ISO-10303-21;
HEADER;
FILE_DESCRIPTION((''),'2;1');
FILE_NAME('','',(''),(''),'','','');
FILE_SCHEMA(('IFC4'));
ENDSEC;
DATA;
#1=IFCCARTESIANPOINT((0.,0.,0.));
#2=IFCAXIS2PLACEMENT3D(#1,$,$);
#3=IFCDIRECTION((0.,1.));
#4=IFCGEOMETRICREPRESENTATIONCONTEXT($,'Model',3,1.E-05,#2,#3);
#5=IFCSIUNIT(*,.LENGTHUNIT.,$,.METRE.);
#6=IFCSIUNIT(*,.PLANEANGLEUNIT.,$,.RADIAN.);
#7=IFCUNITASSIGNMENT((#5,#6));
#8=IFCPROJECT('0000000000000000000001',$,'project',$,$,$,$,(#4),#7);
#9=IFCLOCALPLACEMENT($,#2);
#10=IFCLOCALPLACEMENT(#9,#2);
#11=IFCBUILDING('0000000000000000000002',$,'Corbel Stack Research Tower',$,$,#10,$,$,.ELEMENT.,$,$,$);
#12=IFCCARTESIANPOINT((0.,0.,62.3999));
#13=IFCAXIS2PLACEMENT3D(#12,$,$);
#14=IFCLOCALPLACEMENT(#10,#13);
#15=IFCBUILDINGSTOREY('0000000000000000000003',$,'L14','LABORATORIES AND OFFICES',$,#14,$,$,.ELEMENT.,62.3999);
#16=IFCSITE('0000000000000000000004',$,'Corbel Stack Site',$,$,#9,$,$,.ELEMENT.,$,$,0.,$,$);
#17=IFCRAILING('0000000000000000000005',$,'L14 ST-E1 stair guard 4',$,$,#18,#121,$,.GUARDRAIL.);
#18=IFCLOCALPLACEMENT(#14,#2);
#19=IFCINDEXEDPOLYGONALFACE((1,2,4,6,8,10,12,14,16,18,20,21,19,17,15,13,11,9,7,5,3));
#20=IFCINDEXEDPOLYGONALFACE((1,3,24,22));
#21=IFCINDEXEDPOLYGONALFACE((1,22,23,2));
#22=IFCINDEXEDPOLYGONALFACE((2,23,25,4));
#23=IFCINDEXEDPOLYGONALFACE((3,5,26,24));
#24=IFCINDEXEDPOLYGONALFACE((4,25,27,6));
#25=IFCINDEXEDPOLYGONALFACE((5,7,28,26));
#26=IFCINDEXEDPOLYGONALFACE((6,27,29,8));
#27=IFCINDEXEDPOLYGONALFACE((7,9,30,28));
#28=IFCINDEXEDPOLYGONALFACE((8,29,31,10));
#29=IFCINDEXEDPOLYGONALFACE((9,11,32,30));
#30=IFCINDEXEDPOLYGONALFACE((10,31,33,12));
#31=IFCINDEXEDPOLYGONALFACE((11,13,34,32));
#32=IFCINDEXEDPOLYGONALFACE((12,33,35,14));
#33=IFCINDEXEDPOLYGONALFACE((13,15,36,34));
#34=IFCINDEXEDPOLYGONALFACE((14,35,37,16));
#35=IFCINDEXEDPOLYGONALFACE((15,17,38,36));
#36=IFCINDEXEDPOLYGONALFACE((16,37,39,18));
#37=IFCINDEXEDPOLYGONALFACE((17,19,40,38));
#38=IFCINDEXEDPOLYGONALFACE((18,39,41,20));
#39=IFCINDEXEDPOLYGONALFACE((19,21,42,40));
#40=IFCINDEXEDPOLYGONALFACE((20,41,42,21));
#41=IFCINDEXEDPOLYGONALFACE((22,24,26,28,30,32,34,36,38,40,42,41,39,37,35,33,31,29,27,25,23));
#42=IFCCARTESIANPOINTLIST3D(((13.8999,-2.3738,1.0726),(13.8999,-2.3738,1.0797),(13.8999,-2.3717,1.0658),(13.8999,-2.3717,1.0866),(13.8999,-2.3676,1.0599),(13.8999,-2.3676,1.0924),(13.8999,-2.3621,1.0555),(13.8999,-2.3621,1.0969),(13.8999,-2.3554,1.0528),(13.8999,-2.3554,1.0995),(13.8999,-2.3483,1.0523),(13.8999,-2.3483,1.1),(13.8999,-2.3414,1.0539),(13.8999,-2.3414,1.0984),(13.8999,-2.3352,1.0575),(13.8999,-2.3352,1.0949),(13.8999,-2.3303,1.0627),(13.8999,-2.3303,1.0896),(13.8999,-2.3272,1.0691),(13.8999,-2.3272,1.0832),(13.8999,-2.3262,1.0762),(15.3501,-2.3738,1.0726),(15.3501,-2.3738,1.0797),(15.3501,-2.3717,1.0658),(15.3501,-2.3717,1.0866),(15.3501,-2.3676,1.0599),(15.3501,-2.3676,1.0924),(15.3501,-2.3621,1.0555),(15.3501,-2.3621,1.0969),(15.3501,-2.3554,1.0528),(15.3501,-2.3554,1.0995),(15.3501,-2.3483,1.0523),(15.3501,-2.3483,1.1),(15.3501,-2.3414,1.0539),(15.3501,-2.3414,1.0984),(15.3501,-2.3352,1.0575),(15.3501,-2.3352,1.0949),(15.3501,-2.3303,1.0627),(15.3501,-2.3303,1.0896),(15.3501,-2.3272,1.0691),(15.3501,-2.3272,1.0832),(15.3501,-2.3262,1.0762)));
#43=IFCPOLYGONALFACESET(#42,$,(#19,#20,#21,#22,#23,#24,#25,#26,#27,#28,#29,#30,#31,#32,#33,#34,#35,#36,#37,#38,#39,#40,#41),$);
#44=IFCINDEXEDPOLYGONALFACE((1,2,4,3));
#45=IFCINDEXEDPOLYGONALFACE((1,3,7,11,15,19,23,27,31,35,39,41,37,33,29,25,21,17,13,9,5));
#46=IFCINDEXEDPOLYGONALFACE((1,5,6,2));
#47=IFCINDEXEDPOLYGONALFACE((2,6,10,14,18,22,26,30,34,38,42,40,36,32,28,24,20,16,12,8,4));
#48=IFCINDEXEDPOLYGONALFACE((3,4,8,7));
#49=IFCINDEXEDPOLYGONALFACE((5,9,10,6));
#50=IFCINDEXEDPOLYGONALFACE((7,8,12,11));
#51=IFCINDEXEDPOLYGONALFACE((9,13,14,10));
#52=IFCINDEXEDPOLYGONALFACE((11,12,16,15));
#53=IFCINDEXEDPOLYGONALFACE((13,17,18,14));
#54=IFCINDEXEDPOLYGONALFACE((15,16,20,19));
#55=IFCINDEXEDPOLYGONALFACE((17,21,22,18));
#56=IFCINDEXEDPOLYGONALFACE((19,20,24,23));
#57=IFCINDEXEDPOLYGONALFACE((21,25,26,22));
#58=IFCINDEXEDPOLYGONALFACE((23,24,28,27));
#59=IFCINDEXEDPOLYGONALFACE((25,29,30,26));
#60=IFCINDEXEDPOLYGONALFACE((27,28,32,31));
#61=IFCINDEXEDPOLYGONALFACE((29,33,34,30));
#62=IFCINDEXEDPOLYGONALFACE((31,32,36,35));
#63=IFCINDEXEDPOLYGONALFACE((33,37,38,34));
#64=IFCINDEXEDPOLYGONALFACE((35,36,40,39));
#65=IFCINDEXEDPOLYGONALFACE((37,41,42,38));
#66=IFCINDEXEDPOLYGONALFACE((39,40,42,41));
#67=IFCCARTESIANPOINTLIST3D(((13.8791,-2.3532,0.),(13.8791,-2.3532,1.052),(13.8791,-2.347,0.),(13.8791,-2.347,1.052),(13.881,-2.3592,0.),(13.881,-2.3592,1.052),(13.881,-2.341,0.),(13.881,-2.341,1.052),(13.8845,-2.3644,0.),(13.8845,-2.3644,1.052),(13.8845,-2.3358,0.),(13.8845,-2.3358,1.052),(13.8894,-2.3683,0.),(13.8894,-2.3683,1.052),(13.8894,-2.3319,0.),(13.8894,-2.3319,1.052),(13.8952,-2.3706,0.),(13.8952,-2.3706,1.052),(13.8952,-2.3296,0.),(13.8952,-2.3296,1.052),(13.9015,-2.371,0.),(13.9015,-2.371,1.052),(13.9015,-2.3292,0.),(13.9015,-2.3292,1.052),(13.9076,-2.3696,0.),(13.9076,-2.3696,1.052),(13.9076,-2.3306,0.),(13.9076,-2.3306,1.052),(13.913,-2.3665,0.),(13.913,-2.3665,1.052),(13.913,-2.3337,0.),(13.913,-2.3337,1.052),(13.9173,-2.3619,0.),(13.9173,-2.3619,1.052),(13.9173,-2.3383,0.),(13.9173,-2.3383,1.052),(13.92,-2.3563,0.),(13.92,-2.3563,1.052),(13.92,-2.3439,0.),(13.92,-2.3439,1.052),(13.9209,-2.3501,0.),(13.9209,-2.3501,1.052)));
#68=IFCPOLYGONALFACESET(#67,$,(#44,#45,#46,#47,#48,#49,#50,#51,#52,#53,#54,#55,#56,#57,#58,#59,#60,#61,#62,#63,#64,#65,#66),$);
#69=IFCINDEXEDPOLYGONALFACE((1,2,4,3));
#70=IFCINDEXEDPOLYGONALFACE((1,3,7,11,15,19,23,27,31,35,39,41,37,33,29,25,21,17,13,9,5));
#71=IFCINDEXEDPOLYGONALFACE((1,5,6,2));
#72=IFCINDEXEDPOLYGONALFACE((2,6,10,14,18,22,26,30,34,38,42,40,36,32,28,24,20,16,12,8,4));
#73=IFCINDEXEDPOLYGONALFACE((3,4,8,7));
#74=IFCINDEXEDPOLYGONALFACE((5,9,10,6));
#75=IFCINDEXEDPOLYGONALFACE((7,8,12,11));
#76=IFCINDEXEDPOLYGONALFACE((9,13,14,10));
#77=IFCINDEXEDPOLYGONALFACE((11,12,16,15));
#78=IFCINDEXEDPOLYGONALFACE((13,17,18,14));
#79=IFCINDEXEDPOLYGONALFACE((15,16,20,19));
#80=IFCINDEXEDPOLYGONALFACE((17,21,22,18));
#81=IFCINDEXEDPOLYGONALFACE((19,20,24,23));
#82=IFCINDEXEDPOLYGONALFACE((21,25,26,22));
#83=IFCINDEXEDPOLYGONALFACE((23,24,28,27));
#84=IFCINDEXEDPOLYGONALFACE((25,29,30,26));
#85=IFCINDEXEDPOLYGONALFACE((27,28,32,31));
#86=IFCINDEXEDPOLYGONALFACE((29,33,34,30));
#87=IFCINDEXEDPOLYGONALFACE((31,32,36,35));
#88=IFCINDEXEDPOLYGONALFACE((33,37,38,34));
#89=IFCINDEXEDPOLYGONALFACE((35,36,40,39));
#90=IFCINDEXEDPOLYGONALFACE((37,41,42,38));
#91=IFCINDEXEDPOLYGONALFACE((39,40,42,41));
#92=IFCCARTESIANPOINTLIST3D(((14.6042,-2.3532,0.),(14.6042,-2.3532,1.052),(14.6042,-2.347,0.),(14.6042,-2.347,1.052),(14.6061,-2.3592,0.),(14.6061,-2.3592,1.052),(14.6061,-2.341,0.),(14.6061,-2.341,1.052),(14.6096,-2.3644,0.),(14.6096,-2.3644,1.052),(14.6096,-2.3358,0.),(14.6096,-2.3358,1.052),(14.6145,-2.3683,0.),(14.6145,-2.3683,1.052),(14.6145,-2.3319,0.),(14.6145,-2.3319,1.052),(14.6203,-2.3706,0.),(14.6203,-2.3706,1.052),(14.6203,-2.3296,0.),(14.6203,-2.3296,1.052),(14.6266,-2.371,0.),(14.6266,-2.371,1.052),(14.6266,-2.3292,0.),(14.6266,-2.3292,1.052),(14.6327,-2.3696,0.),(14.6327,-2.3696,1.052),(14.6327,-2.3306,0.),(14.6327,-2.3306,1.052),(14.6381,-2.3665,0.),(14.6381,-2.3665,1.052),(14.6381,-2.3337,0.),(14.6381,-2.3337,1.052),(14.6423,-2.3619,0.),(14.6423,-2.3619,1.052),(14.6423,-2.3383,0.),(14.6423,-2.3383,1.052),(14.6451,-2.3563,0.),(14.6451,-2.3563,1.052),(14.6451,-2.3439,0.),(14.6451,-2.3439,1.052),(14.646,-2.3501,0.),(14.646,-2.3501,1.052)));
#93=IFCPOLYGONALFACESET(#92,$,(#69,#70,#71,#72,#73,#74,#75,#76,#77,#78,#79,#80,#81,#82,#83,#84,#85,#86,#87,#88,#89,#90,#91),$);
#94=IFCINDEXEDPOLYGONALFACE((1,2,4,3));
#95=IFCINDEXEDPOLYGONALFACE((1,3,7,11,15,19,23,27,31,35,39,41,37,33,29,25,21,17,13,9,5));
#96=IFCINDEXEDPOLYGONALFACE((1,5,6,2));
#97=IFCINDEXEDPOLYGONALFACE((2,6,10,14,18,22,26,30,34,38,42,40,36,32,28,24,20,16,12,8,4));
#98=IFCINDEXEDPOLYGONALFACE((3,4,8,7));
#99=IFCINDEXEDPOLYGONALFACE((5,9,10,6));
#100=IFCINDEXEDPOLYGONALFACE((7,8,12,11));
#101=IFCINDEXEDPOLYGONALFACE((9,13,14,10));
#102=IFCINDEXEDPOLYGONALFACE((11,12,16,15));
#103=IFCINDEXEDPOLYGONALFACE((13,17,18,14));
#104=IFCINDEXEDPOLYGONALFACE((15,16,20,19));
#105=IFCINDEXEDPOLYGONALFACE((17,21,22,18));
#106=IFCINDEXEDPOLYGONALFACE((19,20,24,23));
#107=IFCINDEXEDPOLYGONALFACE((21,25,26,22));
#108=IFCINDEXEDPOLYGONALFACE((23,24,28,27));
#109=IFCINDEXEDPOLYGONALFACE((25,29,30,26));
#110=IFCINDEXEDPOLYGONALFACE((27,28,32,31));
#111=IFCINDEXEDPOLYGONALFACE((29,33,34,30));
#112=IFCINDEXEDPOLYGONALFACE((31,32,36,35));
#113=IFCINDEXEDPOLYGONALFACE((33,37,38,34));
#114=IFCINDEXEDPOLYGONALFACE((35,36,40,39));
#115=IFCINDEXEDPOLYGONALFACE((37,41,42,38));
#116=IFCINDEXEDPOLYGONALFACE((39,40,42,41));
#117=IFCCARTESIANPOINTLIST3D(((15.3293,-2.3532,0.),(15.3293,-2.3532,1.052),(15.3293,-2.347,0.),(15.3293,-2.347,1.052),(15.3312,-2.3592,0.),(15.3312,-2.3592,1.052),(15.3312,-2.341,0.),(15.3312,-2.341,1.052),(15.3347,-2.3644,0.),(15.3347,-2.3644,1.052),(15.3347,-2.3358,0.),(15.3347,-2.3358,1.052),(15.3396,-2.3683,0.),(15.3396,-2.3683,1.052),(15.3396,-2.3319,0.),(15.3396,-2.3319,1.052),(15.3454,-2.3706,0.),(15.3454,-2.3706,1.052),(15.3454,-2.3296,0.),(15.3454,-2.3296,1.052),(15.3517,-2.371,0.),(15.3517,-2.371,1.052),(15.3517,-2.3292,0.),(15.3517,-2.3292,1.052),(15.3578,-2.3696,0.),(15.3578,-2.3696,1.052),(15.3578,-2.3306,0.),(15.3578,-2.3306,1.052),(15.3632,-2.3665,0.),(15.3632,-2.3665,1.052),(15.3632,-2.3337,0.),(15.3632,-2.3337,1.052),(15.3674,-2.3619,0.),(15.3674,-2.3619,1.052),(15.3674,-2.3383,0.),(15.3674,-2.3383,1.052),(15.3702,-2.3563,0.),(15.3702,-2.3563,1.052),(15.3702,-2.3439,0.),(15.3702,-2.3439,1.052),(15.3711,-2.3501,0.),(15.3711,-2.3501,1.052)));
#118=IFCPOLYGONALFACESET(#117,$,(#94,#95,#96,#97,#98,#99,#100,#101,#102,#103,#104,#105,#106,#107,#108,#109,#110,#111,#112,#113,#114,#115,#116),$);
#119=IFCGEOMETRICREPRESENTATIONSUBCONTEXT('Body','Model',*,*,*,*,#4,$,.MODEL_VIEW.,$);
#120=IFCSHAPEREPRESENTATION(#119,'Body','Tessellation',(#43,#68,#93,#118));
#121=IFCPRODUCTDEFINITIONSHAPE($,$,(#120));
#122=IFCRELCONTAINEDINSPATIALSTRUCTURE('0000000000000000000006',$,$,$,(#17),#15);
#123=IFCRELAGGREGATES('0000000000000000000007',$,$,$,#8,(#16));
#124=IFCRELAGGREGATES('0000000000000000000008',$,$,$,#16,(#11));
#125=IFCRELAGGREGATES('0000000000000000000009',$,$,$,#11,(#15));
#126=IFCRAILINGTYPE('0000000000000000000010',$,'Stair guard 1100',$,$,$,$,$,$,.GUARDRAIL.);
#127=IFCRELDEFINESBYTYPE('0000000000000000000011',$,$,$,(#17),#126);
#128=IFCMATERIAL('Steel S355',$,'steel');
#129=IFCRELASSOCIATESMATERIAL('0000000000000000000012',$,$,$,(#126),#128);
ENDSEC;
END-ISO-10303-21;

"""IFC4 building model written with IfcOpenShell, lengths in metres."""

from ifc_helpers import new_model, si_unit, direction, frame, origin, origin_2d, place, context, subcontext, project, spatial, circle, extrude, material, type_object, element, save


model = new_model("IFC4")

# Units and contexts
model_context = context("Model", 3, precision=1e-05, world=origin(), true_north=direction((0.0, 1.0)))
body_context = subcontext(model_context, "Body", "Model", "MODEL_VIEW")
ifc_project = project(units=[si_unit("LENGTHUNIT", "METRE"), si_unit("PLANEANGLEUNIT", "RADIAN")], contexts=[model_context])

# Site, building, storey
site_placement = place(None, origin())
site = spatial("IfcSite", under=ifc_project, at=site_placement, Name="Corbel Stack Site", CompositionType="ELEMENT", RefElevation=0.0)
building_placement = place(site_placement, origin())
building = spatial("IfcBuilding", under=site, at=building_placement, Name="Corbel Stack Research Tower", CompositionType="ELEMENT")
storey_placement = place(building_placement, frame((0.0, 0.0, 62.3999)))
storey = spatial("IfcBuildingStorey", under=building, at=storey_placement, Name="L14", Description="LABORATORIES AND OFFICES", CompositionType="ELEMENT", Elevation=62.3999)

# Railing
ifc_material_1 = material(Name="Steel S355", Category="steel")
railing_type_1 = type_object("IfcRailingType", Name="Stair guard 1100", PredefinedType="GUARDRAIL", material=ifc_material_1)
railing_1_placement = place(storey_placement, frame((13.8999, -2.3501, 0.0)))
element("IfcRailing", 1, at=railing_1_placement, inside=storey, type_object=railing_type_1, Name="L14 ST-E1 stair guard 4", PredefinedType="GUARDRAIL", context=body_context, shape_type="SweptSolid", body=[
    extrude(circle(Radius=0.0239, at=origin_2d()), frame((0.0, 0.0, 1.0762), z_axis=(1.0, 0.0, 0.0), x_axis=(0.0, 1.0, 0.0)), (0.0, 0.0, 1.0), 1.4502),
    extrude(circle(Radius=0.021, at=origin_2d()), origin(), (0.0, 0.0, 1.0), 1.052),
    extrude(circle(Radius=0.021, at=origin_2d()), frame((0.7251, 0.0, 0.0)), (0.0, 0.0, 1.0), 1.052),
    extrude(circle(Radius=0.021, at=origin_2d()), frame((1.4502, 0.0, 0.0)), (0.0, 0.0, 1.0), 1.052),
])

save(model, "model.ifc")
